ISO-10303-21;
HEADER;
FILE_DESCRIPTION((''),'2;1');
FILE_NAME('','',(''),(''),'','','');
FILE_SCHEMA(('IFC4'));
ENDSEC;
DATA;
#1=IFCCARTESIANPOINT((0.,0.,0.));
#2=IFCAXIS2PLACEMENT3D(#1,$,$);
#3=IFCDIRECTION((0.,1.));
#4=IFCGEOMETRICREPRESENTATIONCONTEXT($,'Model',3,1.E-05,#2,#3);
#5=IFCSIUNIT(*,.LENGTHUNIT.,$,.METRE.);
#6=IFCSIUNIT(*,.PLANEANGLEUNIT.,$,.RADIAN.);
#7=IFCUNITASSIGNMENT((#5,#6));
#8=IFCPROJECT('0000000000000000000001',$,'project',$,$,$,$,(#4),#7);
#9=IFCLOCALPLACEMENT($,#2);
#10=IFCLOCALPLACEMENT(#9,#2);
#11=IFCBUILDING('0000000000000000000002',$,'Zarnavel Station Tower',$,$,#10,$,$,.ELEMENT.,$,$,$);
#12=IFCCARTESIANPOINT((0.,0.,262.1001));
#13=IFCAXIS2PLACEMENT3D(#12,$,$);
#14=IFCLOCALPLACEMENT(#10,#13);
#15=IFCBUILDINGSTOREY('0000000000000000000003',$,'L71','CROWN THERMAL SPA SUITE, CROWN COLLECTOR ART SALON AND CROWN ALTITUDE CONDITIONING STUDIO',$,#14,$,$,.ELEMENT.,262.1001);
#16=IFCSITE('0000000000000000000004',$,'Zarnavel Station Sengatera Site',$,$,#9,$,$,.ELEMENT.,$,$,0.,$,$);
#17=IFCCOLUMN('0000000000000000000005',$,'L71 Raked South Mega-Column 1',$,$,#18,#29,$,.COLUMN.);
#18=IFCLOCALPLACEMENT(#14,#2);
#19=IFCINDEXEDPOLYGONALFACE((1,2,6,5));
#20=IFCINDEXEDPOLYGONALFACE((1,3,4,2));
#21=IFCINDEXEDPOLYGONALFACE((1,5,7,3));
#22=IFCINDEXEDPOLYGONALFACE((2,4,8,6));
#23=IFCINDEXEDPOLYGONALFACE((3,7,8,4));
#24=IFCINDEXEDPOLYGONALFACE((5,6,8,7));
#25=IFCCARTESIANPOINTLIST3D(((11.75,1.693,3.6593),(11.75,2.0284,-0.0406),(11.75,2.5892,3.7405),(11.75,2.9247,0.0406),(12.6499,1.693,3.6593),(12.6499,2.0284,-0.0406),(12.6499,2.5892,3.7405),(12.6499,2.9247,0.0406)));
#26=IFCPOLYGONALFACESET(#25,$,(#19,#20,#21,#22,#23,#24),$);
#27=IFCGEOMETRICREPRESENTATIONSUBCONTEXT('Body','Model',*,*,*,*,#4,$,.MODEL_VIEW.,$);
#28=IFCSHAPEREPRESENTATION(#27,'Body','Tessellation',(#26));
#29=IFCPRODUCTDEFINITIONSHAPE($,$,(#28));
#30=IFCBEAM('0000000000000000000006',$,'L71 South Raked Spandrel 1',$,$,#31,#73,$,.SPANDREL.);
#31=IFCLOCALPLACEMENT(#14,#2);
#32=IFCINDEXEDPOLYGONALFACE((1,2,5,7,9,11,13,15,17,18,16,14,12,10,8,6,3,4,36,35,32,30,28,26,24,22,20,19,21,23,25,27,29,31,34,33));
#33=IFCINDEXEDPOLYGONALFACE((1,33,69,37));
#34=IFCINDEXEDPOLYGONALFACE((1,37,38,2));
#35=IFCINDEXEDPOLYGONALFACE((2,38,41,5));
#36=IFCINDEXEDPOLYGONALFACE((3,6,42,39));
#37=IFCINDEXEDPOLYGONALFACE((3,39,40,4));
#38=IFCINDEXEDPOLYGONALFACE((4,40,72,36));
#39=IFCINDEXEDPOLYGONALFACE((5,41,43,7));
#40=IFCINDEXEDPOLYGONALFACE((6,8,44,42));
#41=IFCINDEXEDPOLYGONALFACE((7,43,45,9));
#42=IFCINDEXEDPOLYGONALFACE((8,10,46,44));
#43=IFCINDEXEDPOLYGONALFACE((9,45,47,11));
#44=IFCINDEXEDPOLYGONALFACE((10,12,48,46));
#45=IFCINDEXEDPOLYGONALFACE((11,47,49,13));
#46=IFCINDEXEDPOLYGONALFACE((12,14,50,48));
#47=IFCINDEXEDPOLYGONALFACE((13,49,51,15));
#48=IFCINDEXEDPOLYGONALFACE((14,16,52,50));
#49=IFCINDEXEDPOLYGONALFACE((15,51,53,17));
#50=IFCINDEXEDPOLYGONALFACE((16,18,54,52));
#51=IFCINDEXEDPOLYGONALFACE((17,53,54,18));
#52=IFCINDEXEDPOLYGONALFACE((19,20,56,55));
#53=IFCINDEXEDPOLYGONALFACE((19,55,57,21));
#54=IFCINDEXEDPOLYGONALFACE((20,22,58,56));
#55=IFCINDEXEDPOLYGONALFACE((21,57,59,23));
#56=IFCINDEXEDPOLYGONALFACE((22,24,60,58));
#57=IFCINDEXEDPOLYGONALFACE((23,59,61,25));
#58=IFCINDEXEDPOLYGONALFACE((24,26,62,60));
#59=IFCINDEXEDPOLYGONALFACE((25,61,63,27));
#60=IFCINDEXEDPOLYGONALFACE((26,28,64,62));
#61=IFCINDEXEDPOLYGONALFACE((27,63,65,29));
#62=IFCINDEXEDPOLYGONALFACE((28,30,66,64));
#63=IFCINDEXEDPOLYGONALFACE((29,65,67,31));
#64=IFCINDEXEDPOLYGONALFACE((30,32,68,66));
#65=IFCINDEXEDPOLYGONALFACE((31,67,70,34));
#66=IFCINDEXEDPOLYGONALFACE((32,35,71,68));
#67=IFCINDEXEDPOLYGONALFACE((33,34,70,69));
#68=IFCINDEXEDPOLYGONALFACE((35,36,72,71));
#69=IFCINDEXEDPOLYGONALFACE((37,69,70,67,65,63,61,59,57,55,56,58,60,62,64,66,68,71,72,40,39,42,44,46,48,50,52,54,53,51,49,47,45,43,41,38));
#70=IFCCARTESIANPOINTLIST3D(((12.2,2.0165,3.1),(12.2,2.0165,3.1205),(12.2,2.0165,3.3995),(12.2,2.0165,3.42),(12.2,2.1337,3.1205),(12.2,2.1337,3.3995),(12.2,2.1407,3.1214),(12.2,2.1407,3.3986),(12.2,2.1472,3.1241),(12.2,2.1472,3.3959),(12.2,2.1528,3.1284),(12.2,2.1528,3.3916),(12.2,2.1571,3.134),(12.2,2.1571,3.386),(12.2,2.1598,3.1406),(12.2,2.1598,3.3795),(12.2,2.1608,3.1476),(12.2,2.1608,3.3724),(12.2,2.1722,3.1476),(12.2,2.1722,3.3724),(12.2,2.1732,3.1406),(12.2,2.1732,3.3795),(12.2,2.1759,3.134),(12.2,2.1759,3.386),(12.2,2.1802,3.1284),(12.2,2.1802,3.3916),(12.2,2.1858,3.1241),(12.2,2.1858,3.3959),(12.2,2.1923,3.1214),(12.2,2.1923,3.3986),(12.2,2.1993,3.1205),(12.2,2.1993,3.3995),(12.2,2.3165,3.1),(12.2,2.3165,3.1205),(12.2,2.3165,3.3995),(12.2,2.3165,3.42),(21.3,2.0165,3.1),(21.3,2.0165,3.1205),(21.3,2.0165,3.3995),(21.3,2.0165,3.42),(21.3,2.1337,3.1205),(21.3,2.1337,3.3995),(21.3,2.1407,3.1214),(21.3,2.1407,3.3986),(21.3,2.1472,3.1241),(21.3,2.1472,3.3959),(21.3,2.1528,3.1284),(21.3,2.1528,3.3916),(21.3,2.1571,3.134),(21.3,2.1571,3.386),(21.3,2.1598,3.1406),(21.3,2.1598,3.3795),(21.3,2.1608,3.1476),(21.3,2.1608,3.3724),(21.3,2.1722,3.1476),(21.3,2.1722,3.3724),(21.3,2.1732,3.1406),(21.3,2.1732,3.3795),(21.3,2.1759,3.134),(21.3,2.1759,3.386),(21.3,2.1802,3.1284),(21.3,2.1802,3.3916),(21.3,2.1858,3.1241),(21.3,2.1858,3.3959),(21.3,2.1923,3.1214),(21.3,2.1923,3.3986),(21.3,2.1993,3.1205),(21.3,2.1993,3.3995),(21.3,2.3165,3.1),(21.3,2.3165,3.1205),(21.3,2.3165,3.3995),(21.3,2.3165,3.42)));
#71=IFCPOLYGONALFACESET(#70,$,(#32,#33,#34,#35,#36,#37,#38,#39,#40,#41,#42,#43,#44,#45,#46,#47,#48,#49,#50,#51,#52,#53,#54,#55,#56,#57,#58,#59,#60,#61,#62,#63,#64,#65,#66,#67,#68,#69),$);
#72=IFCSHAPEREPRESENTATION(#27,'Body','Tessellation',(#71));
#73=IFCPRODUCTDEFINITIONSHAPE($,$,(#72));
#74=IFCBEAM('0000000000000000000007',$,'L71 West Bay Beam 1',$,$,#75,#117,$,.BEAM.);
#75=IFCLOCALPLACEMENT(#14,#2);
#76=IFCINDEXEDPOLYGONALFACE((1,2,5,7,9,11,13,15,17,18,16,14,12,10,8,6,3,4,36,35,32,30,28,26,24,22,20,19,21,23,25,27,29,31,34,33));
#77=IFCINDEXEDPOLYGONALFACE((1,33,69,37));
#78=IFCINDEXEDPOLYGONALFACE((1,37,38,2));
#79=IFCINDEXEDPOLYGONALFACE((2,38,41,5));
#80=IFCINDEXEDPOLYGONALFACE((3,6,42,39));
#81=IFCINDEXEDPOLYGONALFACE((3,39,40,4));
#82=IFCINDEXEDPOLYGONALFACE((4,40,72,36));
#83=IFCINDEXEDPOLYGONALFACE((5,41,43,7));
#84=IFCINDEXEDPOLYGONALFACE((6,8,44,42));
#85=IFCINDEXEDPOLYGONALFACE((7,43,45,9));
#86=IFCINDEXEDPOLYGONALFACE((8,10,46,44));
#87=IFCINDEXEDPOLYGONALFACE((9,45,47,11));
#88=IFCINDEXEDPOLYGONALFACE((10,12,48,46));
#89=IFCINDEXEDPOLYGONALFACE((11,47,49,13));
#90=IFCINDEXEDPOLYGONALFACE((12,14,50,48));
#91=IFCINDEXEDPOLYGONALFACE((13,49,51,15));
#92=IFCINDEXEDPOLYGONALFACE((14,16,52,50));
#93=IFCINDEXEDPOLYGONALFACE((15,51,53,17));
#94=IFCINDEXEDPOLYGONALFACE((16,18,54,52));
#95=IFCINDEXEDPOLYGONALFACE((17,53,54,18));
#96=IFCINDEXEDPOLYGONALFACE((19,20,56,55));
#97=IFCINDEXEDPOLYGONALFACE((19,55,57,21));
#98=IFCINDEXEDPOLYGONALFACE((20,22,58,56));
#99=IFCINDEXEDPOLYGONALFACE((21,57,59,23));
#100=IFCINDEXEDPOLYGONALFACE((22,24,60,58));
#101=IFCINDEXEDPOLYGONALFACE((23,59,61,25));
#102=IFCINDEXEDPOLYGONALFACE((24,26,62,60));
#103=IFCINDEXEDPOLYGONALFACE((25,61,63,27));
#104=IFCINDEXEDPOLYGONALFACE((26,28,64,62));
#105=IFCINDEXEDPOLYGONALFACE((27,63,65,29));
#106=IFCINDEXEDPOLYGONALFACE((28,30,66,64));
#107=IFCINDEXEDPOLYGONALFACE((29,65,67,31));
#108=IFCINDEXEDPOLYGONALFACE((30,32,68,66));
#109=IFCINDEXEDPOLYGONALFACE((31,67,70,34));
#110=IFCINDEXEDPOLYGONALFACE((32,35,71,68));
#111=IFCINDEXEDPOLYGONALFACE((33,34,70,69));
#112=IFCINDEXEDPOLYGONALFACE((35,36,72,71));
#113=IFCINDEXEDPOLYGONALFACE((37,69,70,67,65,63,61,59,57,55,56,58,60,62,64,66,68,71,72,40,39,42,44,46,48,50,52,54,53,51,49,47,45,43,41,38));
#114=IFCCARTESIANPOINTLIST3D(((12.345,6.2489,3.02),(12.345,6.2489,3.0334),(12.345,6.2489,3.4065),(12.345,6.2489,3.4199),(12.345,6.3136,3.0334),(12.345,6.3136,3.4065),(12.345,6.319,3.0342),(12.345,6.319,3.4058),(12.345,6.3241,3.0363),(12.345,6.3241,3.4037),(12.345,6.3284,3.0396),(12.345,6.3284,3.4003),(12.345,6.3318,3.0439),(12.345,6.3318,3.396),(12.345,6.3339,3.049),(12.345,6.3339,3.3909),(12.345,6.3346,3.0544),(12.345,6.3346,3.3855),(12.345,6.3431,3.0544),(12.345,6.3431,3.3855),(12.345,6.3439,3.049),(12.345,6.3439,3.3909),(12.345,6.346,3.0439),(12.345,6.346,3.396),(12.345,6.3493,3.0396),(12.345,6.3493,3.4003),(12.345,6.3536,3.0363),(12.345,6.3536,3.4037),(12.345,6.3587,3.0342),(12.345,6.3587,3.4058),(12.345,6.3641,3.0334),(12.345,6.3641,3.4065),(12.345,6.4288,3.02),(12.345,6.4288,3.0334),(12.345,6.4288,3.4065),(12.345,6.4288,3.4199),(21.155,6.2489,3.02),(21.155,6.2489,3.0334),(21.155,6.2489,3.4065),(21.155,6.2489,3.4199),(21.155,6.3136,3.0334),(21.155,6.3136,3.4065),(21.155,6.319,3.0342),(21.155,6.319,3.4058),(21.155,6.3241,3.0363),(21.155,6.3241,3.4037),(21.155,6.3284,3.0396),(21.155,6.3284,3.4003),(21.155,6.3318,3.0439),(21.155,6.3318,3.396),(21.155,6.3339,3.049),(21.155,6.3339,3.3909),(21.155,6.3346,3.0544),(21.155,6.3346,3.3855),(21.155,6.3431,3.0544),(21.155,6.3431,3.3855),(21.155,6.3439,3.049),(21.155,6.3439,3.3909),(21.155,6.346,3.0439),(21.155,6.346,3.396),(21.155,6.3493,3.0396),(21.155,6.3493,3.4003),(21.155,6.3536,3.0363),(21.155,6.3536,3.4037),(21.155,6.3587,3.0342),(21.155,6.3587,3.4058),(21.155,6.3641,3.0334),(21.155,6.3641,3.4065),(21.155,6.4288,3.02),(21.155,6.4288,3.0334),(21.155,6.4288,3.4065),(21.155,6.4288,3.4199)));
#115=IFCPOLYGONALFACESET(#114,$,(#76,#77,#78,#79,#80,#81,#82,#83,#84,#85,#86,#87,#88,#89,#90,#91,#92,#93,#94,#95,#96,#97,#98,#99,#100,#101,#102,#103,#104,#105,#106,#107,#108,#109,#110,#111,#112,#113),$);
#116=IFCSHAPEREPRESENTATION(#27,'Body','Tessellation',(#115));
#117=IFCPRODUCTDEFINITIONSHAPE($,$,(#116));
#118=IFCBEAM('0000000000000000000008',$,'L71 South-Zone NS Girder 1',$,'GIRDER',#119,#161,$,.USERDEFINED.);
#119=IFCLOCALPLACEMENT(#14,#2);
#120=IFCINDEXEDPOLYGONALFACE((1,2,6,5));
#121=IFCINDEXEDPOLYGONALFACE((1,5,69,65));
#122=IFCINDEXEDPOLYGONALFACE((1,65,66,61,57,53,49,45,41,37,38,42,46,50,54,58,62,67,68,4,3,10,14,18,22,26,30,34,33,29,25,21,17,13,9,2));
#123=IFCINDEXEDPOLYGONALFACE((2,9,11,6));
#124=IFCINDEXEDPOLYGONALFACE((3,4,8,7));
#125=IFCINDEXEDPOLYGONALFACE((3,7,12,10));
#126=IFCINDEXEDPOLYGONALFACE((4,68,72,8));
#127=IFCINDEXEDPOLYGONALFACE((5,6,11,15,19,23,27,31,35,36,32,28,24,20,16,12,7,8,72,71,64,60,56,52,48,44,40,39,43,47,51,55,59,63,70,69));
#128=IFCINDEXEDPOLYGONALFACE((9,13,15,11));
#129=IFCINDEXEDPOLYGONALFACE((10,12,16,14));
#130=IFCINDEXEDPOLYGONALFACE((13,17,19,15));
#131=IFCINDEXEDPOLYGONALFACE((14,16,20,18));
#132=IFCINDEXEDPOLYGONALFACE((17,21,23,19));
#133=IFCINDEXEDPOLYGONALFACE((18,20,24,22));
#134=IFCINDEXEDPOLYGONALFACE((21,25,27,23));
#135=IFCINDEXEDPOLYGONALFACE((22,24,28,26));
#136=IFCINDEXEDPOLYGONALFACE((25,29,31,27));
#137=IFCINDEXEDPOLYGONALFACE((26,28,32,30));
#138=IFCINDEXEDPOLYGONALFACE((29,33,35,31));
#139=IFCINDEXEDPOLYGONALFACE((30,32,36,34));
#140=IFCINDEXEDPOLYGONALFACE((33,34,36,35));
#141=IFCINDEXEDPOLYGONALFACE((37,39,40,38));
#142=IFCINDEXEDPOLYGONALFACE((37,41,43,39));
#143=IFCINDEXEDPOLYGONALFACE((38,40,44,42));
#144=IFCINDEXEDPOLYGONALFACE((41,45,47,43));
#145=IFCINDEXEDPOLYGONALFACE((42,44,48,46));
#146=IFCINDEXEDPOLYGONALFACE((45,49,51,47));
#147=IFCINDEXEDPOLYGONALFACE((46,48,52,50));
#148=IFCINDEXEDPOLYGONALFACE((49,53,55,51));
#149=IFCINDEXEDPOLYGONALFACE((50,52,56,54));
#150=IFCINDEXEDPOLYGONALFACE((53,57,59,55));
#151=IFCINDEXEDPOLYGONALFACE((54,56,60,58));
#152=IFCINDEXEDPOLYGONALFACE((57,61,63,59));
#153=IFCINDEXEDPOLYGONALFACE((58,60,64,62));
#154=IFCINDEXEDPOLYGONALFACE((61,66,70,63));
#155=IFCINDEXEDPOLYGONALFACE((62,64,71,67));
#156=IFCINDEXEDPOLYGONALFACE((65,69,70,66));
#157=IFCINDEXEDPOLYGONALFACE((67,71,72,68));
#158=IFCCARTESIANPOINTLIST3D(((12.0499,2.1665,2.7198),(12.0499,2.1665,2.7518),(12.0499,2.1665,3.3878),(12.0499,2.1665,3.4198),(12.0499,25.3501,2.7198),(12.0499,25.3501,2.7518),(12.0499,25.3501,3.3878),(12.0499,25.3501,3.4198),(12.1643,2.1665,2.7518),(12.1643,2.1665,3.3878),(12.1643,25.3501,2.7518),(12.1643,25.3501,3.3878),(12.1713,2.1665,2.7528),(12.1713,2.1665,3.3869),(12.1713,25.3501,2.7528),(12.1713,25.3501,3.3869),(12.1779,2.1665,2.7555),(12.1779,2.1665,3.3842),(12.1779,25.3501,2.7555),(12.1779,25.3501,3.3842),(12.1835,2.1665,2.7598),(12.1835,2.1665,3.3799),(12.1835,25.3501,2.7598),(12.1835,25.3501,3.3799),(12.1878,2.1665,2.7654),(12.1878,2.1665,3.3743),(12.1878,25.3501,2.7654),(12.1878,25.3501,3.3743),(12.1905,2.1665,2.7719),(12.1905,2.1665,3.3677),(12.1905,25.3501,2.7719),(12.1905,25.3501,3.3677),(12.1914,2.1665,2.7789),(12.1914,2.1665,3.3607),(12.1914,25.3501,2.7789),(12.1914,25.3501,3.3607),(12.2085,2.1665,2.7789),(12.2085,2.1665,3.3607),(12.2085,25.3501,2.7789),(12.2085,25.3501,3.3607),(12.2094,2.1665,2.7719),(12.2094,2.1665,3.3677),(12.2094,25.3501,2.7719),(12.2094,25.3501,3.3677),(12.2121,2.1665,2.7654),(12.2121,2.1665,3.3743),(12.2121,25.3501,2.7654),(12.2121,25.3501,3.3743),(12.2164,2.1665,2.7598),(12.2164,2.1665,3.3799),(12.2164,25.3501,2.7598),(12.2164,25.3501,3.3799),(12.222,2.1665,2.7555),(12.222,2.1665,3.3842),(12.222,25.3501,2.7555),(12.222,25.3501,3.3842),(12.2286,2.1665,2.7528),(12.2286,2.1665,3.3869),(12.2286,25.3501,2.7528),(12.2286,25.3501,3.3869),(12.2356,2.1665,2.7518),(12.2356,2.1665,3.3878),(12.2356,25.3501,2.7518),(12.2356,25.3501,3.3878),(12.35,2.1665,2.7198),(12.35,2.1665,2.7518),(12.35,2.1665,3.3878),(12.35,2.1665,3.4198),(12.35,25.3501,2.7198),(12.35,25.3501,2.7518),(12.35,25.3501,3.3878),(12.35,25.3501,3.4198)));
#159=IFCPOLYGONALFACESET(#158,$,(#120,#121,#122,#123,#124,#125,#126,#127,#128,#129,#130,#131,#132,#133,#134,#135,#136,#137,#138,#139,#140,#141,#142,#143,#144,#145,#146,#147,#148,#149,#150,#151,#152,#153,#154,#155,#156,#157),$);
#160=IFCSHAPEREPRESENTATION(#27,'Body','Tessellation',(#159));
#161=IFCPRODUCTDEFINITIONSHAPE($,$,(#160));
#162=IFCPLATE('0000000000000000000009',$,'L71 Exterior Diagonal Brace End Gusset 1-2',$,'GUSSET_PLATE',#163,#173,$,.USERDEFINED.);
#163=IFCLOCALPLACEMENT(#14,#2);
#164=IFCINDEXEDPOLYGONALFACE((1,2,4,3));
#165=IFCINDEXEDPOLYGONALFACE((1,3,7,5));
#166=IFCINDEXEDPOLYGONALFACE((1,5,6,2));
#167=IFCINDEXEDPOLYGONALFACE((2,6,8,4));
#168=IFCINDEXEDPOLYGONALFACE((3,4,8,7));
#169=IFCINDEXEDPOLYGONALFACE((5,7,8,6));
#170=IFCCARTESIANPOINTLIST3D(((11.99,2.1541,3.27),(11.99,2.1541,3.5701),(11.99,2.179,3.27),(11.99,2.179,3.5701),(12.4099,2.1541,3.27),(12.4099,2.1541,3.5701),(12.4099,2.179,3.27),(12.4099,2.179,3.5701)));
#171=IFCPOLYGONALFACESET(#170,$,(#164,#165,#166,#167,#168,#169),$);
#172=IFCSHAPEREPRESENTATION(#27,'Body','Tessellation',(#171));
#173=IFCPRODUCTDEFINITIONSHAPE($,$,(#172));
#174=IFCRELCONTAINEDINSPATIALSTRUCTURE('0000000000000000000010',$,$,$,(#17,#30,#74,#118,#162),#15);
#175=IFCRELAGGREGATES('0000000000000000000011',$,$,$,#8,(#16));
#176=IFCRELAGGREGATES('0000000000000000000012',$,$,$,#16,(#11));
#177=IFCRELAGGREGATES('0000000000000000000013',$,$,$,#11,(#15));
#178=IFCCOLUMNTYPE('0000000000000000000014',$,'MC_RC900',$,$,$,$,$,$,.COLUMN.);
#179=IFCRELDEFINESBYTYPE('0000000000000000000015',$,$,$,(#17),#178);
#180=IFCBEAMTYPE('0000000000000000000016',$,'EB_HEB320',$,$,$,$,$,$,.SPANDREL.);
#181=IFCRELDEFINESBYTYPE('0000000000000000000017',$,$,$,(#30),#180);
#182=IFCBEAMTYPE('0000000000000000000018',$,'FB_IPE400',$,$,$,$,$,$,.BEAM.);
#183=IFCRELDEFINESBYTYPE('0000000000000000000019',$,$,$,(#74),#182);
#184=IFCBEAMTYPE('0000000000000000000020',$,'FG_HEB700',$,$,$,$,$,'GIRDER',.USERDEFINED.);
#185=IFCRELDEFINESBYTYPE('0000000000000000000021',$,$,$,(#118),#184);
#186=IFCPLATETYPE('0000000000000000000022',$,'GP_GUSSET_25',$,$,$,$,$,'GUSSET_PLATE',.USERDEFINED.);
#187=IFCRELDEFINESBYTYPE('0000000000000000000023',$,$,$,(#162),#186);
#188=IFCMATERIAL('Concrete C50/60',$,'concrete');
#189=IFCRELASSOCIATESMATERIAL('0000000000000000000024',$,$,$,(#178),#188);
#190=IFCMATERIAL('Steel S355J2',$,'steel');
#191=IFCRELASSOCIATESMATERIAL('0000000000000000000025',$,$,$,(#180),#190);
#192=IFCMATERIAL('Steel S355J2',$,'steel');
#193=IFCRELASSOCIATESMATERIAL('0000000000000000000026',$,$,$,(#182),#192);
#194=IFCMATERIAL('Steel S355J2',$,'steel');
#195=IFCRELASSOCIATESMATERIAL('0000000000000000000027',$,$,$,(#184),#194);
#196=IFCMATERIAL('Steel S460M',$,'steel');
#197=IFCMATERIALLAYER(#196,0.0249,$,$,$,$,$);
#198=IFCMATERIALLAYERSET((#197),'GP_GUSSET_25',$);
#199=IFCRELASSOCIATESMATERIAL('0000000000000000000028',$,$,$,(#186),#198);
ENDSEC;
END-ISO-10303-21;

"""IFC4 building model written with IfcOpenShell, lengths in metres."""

from ifc_helpers import new_model, si_unit, direction, frame, origin, origin_2d, place, context, subcontext, project, spatial, rectangle, i_section, extrude, material, layer, layer_set, material_profile, profile_set, type_object, element, save


model = new_model("IFC4")

# Units and contexts
model_context = context("Model", 3, precision=1e-05, world=origin(), true_north=direction((0.0, 1.0)))
body_context = subcontext(model_context, "Body", "Model", "MODEL_VIEW")
ifc_project = project(units=[si_unit("LENGTHUNIT", "METRE"), si_unit("PLANEANGLEUNIT", "RADIAN")], contexts=[model_context])

# Site, building, storey
site_placement = place(None, origin())
site = spatial("IfcSite", under=ifc_project, at=site_placement, Name="Zarnavel Station Sengatera Site", CompositionType="ELEMENT", RefElevation=0.0)
building_placement = place(site_placement, origin())
building = spatial("IfcBuilding", under=site, at=building_placement, Name="Zarnavel Station Tower", CompositionType="ELEMENT")
storey_placement = place(building_placement, frame((0.0, 0.0, 262.1001)))
storey = spatial("IfcBuildingStorey", under=building, at=storey_placement, Name="L71", Description="CROWN THERMAL SPA SUITE, CROWN COLLECTOR ART SALON AND CROWN ALTITUDE CONDITIONING STUDIO", CompositionType="ELEMENT", Elevation=262.1001)

# Column
ifc_material_1 = material(Name="Concrete C50/60", Category="concrete")
ifc_material_profile_1 = material_profile(ifc_material_1, rectangle(XDim=0.8999, YDim=0.8999, at=origin_2d()), Name="RC900x900")
ifc_profile_set_1 = profile_set([ifc_material_profile_1], Name="Concrete C50/60")
column_type = type_object("IfcColumnType", Name="MC_RC900", PredefinedType="COLUMN", material=ifc_profile_set_1)
column_placement = place(storey_placement, frame((12.2, 2.4766, 0.0), z_axis=(0.0, -0.090293, 0.995915), x_axis=(1.0, 0.0, 0.0)))
element("IfcColumn", 1, at=column_placement, inside=storey, type_object=column_type, Name="L71 Raked South Mega-Column 1", PredefinedType="COLUMN", context=body_context, shape_type="SweptSolid", body=[
    extrude(rectangle(XDim=0.8999, YDim=0.8999, at=origin_2d()), origin(), (0.0, 0.0, 1.0), 3.7151),
])

# Beams
ifc_material_2 = material(Name="Steel S355J2", Category="steel")
ifc_material_profile_2 = material_profile(ifc_material_2, i_section(OverallWidth=0.3, OverallDepth=0.3201, WebThickness=0.0115, FlangeThickness=0.0205, FilletRadius=0.0271, at=origin_2d()), Name="HEB320")
ifc_profile_set_2 = profile_set([ifc_material_profile_2], Name="Steel S355J2")
beam_type_1 = type_object("IfcBeamType", Name="EB_HEB320", PredefinedType="SPANDREL", material=ifc_profile_set_2)
beam_1_placement = place(storey_placement, frame((12.2, 2.1665, 3.26), z_axis=(1.0, 0.0, 0.0), x_axis=(0.0, 1.0, 0.0)))
element("IfcBeam", 2, at=beam_1_placement, inside=storey, type_object=beam_type_1, Name="L71 South Raked Spandrel 1", PredefinedType="SPANDREL", context=body_context, shape_type="SweptSolid", body=[
    extrude(i_section(OverallWidth=0.3, OverallDepth=0.3201, WebThickness=0.0115, FlangeThickness=0.0205, FilletRadius=0.0271, at=origin_2d()), origin(), (0.0, 0.0, 1.0), 9.1001),
])
ifc_material_3 = material(Name="Steel S355J2", Category="steel")
ifc_material_profile_3 = material_profile(ifc_material_3, i_section(OverallWidth=0.1799, OverallDepth=0.3999, WebThickness=0.0085, FlangeThickness=0.0134, FilletRadius=0.021, at=origin_2d()), Name="IPE400")
ifc_profile_set_3 = profile_set([ifc_material_profile_3], Name="Steel S355J2")
beam_type_2 = type_object("IfcBeamType", Name="FB_IPE400", PredefinedType="BEAM", material=ifc_profile_set_3)
beam_2_placement = place(storey_placement, frame((12.345, 6.3389, 3.22), z_axis=(1.0, 0.0, 0.0), x_axis=(0.0, 1.0, 0.0)))
element("IfcBeam", 3, at=beam_2_placement, inside=storey, type_object=beam_type_2, Name="L71 West Bay Beam 1", PredefinedType="BEAM", context=body_context, shape_type="SweptSolid", body=[
    extrude(i_section(OverallWidth=0.1799, OverallDepth=0.3999, WebThickness=0.0085, FlangeThickness=0.0134, FilletRadius=0.021, at=origin_2d()), origin(), (0.0, 0.0, 1.0), 8.8101),
])
ifc_material_4 = material(Name="Steel S355J2", Category="steel")
ifc_material_profile_4 = material_profile(ifc_material_4, i_section(OverallWidth=0.3, OverallDepth=0.7, WebThickness=0.0171, FlangeThickness=0.032, FilletRadius=0.0271, at=origin_2d()), Name="HEB700")
ifc_profile_set_4 = profile_set([ifc_material_profile_4], Name="Steel S355J2")
beam_type_3 = type_object("IfcBeamType", Name="FG_HEB700", ElementType="GIRDER", PredefinedType="USERDEFINED", material=ifc_profile_set_4)
beam_3_placement = place(storey_placement, frame((12.2, 2.1665, 3.0698), z_axis=(0.0, 1.0, 0.0), x_axis=(-1.0, 0.0, 0.0)))
element("IfcBeam", 4, at=beam_3_placement, inside=storey, type_object=beam_type_3, Name="L71 South-Zone NS Girder 1", ObjectType="GIRDER", PredefinedType="USERDEFINED", context=body_context, shape_type="SweptSolid", body=[
    extrude(i_section(OverallWidth=0.3, OverallDepth=0.7, WebThickness=0.0171, FlangeThickness=0.032, FilletRadius=0.0271, at=origin_2d()), origin(), (0.0, 0.0, 1.0), 23.1836),
])

# Plate
ifc_material_5 = material(Name="Steel S460M", Category="steel")
ifc_layer_1 = layer(ifc_material_5, 0.0249)
ifc_layer_set_1 = layer_set([ifc_layer_1], Name="GP_GUSSET_25")
plate_type = type_object("IfcPlateType", Name="GP_GUSSET_25", ElementType="GUSSET_PLATE", PredefinedType="USERDEFINED", material=ifc_layer_set_1)
plate_placement = place(storey_placement, frame((12.2, 2.1665, 3.27), z_axis=(0.0, 0.0, 1.0), x_axis=(1.0, 0.0, 0.0)))
element("IfcPlate", 5, at=plate_placement, inside=storey, type_object=plate_type, Name="L71 Exterior Diagonal Brace End Gusset 1-2", ObjectType="GUSSET_PLATE", PredefinedType="USERDEFINED", context=body_context, shape_type="SweptSolid", body=[
    extrude(rectangle(XDim=0.4199, YDim=0.0249, at=origin_2d()), origin(), (0.0, 0.0, 1.0), 0.3),
])

save(model, "model.ifc")
